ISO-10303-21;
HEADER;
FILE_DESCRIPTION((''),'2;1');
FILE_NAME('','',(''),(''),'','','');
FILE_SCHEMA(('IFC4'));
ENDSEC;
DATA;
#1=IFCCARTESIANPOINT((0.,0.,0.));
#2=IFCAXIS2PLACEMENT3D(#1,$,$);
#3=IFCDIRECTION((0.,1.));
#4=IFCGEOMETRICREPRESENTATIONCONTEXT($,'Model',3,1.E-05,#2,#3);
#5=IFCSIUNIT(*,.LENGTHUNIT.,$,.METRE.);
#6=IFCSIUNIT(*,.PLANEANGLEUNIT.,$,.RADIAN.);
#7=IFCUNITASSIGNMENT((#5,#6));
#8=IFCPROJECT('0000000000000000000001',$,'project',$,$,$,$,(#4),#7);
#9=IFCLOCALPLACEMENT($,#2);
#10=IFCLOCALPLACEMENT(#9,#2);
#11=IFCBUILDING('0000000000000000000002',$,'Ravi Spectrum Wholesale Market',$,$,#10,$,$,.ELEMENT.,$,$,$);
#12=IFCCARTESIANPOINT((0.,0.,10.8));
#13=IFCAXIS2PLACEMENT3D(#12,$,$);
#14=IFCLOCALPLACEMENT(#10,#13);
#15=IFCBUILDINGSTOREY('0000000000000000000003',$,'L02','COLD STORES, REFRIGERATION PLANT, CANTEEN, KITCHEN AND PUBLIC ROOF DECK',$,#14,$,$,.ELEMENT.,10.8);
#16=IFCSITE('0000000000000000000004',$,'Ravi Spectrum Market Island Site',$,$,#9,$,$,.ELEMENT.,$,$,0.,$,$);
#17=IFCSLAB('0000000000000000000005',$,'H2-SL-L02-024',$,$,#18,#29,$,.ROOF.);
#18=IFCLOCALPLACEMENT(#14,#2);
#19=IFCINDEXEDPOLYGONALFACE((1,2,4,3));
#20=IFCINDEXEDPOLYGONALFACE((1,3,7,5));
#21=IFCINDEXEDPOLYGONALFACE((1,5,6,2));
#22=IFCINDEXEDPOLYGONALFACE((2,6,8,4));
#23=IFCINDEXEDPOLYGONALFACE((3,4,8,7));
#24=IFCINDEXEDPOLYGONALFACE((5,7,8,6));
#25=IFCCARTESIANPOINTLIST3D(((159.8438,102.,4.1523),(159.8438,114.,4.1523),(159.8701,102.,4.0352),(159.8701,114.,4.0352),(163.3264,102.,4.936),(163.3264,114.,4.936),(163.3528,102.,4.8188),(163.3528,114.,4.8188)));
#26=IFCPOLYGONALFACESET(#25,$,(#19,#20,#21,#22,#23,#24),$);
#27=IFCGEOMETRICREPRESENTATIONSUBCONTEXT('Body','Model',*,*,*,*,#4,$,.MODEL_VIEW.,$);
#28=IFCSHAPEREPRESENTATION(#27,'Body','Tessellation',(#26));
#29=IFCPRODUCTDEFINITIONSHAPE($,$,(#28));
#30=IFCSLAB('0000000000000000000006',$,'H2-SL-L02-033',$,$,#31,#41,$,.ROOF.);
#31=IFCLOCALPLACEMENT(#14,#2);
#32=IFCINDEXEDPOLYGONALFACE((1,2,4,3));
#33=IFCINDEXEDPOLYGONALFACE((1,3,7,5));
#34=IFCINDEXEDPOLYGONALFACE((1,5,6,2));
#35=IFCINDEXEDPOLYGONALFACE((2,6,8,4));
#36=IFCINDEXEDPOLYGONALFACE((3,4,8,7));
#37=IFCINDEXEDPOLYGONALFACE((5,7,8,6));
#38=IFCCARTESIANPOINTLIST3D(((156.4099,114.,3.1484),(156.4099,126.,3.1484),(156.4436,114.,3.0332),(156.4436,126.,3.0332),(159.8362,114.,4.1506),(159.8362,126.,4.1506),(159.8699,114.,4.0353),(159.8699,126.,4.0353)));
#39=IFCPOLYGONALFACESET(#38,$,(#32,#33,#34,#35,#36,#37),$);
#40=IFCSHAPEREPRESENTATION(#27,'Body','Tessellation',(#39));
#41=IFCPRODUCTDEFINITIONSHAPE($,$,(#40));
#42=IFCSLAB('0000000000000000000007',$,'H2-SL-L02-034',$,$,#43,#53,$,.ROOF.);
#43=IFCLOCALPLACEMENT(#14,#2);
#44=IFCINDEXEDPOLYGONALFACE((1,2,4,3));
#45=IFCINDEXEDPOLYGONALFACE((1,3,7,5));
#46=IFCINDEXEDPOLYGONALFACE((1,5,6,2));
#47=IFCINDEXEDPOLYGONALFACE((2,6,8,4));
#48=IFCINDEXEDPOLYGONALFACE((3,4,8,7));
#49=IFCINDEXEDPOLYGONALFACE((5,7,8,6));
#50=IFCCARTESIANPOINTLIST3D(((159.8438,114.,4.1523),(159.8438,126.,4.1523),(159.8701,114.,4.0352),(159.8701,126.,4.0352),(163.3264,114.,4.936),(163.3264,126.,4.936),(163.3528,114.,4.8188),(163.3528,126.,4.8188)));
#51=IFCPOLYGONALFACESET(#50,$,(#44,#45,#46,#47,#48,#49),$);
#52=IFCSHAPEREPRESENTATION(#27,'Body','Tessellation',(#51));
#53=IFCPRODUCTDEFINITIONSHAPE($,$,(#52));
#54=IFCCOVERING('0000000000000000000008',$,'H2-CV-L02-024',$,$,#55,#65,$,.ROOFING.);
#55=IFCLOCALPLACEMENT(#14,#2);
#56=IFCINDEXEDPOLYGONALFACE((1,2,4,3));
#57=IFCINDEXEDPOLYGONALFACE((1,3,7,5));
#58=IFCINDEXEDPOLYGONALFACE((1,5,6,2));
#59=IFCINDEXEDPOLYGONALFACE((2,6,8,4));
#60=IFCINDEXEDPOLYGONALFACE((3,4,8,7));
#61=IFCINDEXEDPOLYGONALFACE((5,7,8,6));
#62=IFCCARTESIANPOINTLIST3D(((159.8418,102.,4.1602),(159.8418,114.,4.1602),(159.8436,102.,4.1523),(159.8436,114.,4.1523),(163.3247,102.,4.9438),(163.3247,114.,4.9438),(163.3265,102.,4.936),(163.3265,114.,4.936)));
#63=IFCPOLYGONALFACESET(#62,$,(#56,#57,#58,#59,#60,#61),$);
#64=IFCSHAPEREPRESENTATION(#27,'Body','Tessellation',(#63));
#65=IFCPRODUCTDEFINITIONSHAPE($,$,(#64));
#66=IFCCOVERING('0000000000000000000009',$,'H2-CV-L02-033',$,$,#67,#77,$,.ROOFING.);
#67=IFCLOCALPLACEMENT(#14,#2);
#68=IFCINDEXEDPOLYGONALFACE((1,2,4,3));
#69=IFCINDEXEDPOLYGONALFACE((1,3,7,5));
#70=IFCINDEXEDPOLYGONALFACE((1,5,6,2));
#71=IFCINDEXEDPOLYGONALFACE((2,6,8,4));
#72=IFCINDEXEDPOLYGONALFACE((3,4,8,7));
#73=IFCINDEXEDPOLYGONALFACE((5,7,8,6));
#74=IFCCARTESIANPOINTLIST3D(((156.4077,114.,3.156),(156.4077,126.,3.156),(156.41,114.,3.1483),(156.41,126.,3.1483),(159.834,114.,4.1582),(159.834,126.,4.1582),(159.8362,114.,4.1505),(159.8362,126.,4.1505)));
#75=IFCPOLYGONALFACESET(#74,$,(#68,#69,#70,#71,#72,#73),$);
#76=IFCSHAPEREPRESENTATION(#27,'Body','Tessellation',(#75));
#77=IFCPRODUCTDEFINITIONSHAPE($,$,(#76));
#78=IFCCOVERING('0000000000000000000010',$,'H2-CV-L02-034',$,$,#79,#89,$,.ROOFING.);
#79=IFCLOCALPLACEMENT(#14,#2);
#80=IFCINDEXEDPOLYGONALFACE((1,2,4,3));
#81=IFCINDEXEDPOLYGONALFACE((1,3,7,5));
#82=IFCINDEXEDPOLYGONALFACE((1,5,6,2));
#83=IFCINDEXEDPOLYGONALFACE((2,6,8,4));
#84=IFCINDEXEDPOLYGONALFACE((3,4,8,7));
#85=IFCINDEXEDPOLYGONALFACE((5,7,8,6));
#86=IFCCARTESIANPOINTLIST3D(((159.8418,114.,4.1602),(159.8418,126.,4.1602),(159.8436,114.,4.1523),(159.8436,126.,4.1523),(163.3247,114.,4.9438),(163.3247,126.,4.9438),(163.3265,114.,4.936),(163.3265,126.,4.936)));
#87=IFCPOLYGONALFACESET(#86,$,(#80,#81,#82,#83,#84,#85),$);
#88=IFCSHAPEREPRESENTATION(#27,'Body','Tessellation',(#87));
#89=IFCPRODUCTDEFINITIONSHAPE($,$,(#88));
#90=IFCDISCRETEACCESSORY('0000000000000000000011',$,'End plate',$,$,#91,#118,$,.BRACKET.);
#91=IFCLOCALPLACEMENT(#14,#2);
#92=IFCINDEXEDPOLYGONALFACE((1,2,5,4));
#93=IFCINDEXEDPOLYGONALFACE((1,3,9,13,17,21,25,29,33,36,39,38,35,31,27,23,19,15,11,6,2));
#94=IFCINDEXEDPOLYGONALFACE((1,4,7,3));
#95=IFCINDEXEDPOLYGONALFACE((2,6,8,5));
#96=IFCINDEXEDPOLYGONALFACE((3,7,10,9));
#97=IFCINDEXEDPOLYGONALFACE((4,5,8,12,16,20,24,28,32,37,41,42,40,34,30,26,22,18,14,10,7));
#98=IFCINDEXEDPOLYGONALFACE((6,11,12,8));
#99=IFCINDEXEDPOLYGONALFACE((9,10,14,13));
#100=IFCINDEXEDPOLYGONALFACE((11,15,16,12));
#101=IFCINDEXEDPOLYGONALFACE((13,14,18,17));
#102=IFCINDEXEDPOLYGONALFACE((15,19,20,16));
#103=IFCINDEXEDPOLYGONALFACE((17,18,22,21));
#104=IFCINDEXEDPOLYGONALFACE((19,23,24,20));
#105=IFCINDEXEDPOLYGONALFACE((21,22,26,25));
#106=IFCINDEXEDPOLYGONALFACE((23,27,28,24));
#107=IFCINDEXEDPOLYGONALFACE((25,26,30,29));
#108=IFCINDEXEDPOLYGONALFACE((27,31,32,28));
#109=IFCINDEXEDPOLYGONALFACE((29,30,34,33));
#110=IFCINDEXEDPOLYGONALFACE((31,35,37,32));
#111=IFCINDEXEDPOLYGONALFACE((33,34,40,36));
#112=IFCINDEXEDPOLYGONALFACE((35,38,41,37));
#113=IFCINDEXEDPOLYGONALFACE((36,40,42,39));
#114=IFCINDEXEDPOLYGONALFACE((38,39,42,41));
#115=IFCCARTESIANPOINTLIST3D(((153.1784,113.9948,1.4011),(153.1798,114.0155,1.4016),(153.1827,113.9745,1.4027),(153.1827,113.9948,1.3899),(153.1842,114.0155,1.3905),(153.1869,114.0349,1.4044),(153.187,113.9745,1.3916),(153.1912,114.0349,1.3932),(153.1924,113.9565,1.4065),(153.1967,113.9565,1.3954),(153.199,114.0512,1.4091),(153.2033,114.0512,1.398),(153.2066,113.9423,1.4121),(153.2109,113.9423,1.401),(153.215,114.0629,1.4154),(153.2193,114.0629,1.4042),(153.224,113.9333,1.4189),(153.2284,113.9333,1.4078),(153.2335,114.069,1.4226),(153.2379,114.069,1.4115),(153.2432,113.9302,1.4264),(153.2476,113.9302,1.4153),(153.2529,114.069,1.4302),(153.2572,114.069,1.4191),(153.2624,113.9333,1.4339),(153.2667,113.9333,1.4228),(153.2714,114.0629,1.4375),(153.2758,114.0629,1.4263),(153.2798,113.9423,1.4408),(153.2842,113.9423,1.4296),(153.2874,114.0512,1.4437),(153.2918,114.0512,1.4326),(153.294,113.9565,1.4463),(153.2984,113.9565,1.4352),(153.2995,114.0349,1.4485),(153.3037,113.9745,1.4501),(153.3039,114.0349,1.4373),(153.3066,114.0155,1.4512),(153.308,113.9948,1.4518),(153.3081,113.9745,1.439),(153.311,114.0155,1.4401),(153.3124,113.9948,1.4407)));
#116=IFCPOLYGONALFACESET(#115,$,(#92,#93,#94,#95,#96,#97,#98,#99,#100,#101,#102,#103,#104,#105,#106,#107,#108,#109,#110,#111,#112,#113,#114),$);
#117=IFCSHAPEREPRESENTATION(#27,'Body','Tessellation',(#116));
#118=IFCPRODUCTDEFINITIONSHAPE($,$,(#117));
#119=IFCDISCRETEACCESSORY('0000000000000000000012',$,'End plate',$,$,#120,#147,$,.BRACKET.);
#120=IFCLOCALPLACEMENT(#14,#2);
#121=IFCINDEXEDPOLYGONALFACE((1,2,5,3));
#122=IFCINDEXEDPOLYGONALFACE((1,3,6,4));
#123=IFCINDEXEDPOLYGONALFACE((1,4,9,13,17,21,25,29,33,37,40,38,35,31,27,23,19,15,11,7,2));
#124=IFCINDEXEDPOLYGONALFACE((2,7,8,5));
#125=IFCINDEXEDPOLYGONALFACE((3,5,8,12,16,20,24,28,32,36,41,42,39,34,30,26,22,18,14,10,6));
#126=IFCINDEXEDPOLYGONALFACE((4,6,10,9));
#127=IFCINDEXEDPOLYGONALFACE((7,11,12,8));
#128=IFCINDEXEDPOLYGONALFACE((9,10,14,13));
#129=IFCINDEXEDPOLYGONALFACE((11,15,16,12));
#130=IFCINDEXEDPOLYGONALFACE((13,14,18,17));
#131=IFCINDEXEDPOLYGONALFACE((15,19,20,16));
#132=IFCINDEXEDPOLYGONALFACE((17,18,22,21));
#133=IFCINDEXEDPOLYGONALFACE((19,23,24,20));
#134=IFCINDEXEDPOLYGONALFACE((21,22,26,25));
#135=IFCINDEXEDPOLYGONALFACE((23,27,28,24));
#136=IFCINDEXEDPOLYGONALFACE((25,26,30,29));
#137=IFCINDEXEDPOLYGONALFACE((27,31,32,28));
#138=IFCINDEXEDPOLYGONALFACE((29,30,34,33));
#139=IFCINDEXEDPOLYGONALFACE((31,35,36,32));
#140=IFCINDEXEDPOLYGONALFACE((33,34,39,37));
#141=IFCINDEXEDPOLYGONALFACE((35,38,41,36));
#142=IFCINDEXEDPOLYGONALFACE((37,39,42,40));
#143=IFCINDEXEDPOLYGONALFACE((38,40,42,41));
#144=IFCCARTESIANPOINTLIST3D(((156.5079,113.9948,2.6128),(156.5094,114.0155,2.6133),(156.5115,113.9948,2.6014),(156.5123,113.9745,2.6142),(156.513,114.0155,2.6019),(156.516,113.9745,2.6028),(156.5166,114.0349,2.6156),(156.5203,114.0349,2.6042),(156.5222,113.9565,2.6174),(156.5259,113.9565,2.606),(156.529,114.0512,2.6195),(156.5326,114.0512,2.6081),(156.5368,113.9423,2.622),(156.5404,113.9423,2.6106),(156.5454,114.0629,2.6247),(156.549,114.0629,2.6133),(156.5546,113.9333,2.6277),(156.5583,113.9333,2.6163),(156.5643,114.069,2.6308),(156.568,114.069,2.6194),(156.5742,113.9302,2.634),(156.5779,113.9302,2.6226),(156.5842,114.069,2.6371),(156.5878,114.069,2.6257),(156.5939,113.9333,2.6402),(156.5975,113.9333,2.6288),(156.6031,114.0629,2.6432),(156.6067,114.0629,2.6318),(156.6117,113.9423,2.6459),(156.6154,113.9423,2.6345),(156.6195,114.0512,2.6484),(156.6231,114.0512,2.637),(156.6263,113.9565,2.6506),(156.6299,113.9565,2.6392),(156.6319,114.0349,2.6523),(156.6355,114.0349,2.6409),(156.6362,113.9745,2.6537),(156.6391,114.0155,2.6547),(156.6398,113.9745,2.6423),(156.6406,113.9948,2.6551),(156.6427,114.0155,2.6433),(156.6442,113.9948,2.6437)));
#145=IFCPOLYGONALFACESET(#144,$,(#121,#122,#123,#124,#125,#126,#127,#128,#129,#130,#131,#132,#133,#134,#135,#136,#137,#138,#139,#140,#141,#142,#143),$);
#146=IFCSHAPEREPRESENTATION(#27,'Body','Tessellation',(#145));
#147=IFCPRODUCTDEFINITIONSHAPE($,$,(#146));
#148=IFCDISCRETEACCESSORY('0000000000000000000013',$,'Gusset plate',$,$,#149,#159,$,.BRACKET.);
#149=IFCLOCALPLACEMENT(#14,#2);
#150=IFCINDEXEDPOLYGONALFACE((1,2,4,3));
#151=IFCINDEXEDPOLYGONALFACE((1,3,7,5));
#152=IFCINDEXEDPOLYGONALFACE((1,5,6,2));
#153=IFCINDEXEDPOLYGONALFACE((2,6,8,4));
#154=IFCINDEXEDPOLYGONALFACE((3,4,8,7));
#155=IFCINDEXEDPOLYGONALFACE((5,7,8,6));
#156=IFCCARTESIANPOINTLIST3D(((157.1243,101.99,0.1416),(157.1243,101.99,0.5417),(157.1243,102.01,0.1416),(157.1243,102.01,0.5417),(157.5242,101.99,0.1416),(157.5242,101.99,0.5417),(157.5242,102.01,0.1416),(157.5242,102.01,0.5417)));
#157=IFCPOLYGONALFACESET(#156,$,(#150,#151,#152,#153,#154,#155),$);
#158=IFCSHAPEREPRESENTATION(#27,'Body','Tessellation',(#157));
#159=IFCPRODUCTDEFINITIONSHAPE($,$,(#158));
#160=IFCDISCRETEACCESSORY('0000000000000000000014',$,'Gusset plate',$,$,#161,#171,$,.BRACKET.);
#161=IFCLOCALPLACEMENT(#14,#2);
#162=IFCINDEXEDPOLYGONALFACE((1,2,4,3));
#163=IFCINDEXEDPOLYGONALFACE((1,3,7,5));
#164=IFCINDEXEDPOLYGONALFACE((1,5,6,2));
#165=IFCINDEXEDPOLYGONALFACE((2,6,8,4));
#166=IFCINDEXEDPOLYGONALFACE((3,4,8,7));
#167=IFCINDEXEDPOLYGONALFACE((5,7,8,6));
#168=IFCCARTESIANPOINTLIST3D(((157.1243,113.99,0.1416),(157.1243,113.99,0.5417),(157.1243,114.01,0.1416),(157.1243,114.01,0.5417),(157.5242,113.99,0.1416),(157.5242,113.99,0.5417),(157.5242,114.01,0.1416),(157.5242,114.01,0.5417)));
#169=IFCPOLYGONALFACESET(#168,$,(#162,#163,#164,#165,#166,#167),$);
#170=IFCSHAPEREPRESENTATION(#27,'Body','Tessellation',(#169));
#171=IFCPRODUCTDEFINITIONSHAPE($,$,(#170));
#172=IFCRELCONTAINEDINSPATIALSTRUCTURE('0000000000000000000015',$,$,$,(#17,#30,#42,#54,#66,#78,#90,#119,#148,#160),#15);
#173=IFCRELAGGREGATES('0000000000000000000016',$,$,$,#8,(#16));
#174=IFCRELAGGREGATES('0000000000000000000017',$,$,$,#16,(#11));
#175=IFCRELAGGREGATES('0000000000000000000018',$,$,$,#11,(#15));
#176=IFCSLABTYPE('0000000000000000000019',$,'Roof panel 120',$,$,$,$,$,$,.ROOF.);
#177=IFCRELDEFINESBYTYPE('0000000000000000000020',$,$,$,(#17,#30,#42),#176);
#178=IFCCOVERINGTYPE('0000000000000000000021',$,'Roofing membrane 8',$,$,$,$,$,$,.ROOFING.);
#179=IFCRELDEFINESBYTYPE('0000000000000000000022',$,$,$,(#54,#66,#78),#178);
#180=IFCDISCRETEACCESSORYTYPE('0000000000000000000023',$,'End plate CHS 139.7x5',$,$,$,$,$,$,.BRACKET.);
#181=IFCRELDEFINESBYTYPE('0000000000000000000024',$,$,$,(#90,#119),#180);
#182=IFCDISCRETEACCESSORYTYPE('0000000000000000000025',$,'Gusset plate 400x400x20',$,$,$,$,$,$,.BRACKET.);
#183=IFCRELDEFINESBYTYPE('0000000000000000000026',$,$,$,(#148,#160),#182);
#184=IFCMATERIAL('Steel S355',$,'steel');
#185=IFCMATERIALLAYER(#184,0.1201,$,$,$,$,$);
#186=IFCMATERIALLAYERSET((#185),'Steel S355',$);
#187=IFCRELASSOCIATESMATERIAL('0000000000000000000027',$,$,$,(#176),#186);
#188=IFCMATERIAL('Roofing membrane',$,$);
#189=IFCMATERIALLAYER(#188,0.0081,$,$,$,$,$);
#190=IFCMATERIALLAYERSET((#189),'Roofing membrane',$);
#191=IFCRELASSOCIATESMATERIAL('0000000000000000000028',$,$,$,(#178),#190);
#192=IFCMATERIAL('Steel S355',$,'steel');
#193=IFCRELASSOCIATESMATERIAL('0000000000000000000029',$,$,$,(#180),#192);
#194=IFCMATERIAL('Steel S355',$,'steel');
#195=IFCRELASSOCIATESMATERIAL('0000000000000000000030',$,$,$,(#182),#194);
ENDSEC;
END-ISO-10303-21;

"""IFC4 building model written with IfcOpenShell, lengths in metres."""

from ifc_helpers import new_model, si_unit, direction, frame, origin, origin_2d, place, context, subcontext, project, spatial, polyline, rectangle, circle, outline, extrude, material, layer, layer_set, material_profile, profile_set, type_object, element, save


model = new_model("IFC4")

# Units and contexts
model_context = context("Model", 3, precision=1e-05, world=origin(), true_north=direction((0.0, 1.0)))
body_context = subcontext(model_context, "Body", "Model", "MODEL_VIEW")
ifc_project = project(units=[si_unit("LENGTHUNIT", "METRE"), si_unit("PLANEANGLEUNIT", "RADIAN")], contexts=[model_context])

# Site, building, storey
site_placement = place(None, origin())
site = spatial("IfcSite", under=ifc_project, at=site_placement, Name="Ravi Spectrum Market Island Site", CompositionType="ELEMENT", RefElevation=0.0)
building_placement = place(site_placement, origin())
building = spatial("IfcBuilding", under=site, at=building_placement, Name="Ravi Spectrum Wholesale Market", CompositionType="ELEMENT")
storey_placement = place(building_placement, frame((0.0, 0.0, 10.8)))
storey = spatial("IfcBuildingStorey", under=building, at=storey_placement, Name="L02", Description="COLD STORES, REFRIGERATION PLANT, CANTEEN, KITCHEN AND PUBLIC ROOF DECK", CompositionType="ELEMENT", Elevation=10.8)

# Slabs
ifc_material_1 = material(Name="Steel S355", Category="steel")
ifc_layer_1 = layer(ifc_material_1, 0.1201)
ifc_layer_set_1 = layer_set([ifc_layer_1], Name="Steel S355")
slab_type = type_object("IfcSlabType", Name="Roof panel 120", PredefinedType="ROOF", material=ifc_layer_set_1)
slab_1_placement = place(storey_placement, frame((159.8438, 102.0, 4.1523), z_axis=(-0.219537, 0.0, 0.975604), x_axis=(0.975604, 0.0, 0.219537)))
element("IfcSlab", 1, at=slab_1_placement, inside=storey, type_object=slab_type, Name="H2-SL-L02-024", PredefinedType="ROOF", context=body_context, shape_type="SweptSolid", body=[
    extrude(outline(polyline([(0.0, 0.0), (3.5698, 0.0), (3.5698, 12.0), (0.0, 12.0), (0.0, 0.0)])), origin(), (0.0, 0.0, -1.0), 0.1201),
])
slab_2_placement = place(storey_placement, frame((156.4099, 114.0, 3.1484), z_axis=(-0.28074, 0.0, 0.959784), x_axis=(0.959784, 0.0, 0.28074)))
element("IfcSlab", 2, at=slab_2_placement, inside=storey, type_object=slab_type, Name="H2-SL-L02-033", PredefinedType="ROOF", context=body_context, shape_type="SweptSolid", body=[
    extrude(outline(polyline([(0.0, 0.0), (3.5698, 0.0), (3.5698, 12.0), (0.0, 12.0), (0.0, 0.0)])), origin(), (0.0, 0.0, -1.0), 0.1201),
])
slab_3_placement = place(storey_placement, frame((159.8438, 114.0, 4.1523), z_axis=(-0.219537, 0.0, 0.975604), x_axis=(0.975604, 0.0, 0.219537)))
element("IfcSlab", 3, at=slab_3_placement, inside=storey, type_object=slab_type, Name="H2-SL-L02-034", PredefinedType="ROOF", context=body_context, shape_type="SweptSolid", body=[
    extrude(outline(polyline([(0.0, 0.0), (3.5698, 0.0), (3.5698, 12.0), (0.0, 12.0), (0.0, 0.0)])), origin(), (0.0, 0.0, -1.0), 0.1201),
])

# Coverings
ifc_material_2 = material(Name="Roofing membrane")
ifc_layer_2 = layer(ifc_material_2, 0.0081)
ifc_layer_set_2 = layer_set([ifc_layer_2], Name="Roofing membrane")
covering_type = type_object("IfcCoveringType", Name="Roofing membrane 8", PredefinedType="ROOFING", material=ifc_layer_set_2)
covering_1_placement = place(storey_placement, frame((159.8418, 102.0, 4.1602), z_axis=(-0.219522, 0.0, 0.975608), x_axis=(0.975608, 0.0, 0.219522)))
element("IfcCovering", 4, at=covering_1_placement, inside=storey, type_object=covering_type, Name="H2-CV-L02-024", PredefinedType="ROOFING", context=body_context, shape_type="SweptSolid", body=[
    extrude(outline(polyline([(0.0, 0.0), (3.57, 0.0), (3.57, 12.0), (0.0, 12.0), (0.0, 0.0)])), origin(), (0.0, 0.0, -1.0), 0.0081),
])
covering_2_placement = place(storey_placement, frame((156.4077, 114.0, 3.156), z_axis=(-0.28074, 0.0, 0.959784), x_axis=(0.959784, 0.0, 0.28074)))
element("IfcCovering", 5, at=covering_2_placement, inside=storey, type_object=covering_type, Name="H2-CV-L02-033", PredefinedType="ROOFING", context=body_context, shape_type="SweptSolid", body=[
    extrude(outline(polyline([(0.0, 0.0), (3.5698, 0.0), (3.5698, 12.0), (0.0, 12.0), (0.0, 0.0)])), origin(), (0.0, 0.0, -1.0), 0.0081),
])
covering_3_placement = place(storey_placement, frame((159.8418, 114.0, 4.1602), z_axis=(-0.219522, 0.0, 0.975608), x_axis=(0.975608, 0.0, 0.219522)))
element("IfcCovering", 6, at=covering_3_placement, inside=storey, type_object=covering_type, Name="H2-CV-L02-034", PredefinedType="ROOFING", context=body_context, shape_type="SweptSolid", body=[
    extrude(outline(polyline([(0.0, 0.0), (3.57, 0.0), (3.57, 12.0), (0.0, 12.0), (0.0, 0.0)])), origin(), (0.0, 0.0, -1.0), 0.0081),
])

# Discrete accessories
ifc_material_3 = material(Name="Steel S355", Category="steel")
ifc_material_profile_1 = material_profile(ifc_material_3, circle(Radius=0.0698, at=origin_2d()))
ifc_profile_set_1 = profile_set([ifc_material_profile_1], Name="Steel S355")
discrete_accessory_type_1 = type_object("IfcDiscreteAccessoryType", Name="End plate CHS 139.7x5", PredefinedType="BRACKET", material=ifc_profile_set_1)
for number, where, z_axis, x_axis, name in (
    (7, (153.2476, 114.0, 1.4153), (-0.364399, 0.0, 0.931243), (0.0, -1.0, 0.0), "End plate"),
    (8, (156.5779, 114.0, 2.6226), (-0.30404, 0.0, 0.952659), (0.0, -1.0, 0.0), "End plate"),
):
    element("IfcDiscreteAccessory", number, at=place(storey_placement, frame(where, z_axis=z_axis, x_axis=x_axis)), inside=storey, type_object=discrete_accessory_type_1, Name=name, PredefinedType="BRACKET", context=body_context, shape_type="SweptSolid", body=[
        extrude(circle(Radius=0.0698, at=origin_2d()), origin(), (0.0, 0.0, 1.0), 0.012),
    ])
ifc_material_4 = material(Name="Steel S355", Category="steel")
ifc_material_profile_2 = material_profile(ifc_material_4, rectangle(XDim=0.3999, YDim=0.02, at=origin_2d()))
ifc_profile_set_2 = profile_set([ifc_material_profile_2], Name="Steel S355")
discrete_accessory_type_2 = type_object("IfcDiscreteAccessoryType", Name="Gusset plate 400x400x20", PredefinedType="BRACKET", material=ifc_profile_set_2)
for number, where, z_axis, x_axis, name in (
    (9, (157.3242, 102.0, 0.1416), (0.0, 0.0, 1.0), (1.0, 0.0, 0.0), "Gusset plate"),
    (10, (157.3242, 114.0, 0.1416), (0.0, 0.0, 1.0), (1.0, 0.0, 0.0), "Gusset plate"),
):
    element("IfcDiscreteAccessory", number, at=place(storey_placement, frame(where, z_axis=z_axis, x_axis=x_axis)), inside=storey, type_object=discrete_accessory_type_2, Name=name, PredefinedType="BRACKET", context=body_context, shape_type="SweptSolid", body=[
        extrude(rectangle(XDim=0.3999, YDim=0.02, at=origin_2d()), origin(), (0.0, 0.0, 1.0), 0.4001),
    ])

save(model, "model.ifc")
